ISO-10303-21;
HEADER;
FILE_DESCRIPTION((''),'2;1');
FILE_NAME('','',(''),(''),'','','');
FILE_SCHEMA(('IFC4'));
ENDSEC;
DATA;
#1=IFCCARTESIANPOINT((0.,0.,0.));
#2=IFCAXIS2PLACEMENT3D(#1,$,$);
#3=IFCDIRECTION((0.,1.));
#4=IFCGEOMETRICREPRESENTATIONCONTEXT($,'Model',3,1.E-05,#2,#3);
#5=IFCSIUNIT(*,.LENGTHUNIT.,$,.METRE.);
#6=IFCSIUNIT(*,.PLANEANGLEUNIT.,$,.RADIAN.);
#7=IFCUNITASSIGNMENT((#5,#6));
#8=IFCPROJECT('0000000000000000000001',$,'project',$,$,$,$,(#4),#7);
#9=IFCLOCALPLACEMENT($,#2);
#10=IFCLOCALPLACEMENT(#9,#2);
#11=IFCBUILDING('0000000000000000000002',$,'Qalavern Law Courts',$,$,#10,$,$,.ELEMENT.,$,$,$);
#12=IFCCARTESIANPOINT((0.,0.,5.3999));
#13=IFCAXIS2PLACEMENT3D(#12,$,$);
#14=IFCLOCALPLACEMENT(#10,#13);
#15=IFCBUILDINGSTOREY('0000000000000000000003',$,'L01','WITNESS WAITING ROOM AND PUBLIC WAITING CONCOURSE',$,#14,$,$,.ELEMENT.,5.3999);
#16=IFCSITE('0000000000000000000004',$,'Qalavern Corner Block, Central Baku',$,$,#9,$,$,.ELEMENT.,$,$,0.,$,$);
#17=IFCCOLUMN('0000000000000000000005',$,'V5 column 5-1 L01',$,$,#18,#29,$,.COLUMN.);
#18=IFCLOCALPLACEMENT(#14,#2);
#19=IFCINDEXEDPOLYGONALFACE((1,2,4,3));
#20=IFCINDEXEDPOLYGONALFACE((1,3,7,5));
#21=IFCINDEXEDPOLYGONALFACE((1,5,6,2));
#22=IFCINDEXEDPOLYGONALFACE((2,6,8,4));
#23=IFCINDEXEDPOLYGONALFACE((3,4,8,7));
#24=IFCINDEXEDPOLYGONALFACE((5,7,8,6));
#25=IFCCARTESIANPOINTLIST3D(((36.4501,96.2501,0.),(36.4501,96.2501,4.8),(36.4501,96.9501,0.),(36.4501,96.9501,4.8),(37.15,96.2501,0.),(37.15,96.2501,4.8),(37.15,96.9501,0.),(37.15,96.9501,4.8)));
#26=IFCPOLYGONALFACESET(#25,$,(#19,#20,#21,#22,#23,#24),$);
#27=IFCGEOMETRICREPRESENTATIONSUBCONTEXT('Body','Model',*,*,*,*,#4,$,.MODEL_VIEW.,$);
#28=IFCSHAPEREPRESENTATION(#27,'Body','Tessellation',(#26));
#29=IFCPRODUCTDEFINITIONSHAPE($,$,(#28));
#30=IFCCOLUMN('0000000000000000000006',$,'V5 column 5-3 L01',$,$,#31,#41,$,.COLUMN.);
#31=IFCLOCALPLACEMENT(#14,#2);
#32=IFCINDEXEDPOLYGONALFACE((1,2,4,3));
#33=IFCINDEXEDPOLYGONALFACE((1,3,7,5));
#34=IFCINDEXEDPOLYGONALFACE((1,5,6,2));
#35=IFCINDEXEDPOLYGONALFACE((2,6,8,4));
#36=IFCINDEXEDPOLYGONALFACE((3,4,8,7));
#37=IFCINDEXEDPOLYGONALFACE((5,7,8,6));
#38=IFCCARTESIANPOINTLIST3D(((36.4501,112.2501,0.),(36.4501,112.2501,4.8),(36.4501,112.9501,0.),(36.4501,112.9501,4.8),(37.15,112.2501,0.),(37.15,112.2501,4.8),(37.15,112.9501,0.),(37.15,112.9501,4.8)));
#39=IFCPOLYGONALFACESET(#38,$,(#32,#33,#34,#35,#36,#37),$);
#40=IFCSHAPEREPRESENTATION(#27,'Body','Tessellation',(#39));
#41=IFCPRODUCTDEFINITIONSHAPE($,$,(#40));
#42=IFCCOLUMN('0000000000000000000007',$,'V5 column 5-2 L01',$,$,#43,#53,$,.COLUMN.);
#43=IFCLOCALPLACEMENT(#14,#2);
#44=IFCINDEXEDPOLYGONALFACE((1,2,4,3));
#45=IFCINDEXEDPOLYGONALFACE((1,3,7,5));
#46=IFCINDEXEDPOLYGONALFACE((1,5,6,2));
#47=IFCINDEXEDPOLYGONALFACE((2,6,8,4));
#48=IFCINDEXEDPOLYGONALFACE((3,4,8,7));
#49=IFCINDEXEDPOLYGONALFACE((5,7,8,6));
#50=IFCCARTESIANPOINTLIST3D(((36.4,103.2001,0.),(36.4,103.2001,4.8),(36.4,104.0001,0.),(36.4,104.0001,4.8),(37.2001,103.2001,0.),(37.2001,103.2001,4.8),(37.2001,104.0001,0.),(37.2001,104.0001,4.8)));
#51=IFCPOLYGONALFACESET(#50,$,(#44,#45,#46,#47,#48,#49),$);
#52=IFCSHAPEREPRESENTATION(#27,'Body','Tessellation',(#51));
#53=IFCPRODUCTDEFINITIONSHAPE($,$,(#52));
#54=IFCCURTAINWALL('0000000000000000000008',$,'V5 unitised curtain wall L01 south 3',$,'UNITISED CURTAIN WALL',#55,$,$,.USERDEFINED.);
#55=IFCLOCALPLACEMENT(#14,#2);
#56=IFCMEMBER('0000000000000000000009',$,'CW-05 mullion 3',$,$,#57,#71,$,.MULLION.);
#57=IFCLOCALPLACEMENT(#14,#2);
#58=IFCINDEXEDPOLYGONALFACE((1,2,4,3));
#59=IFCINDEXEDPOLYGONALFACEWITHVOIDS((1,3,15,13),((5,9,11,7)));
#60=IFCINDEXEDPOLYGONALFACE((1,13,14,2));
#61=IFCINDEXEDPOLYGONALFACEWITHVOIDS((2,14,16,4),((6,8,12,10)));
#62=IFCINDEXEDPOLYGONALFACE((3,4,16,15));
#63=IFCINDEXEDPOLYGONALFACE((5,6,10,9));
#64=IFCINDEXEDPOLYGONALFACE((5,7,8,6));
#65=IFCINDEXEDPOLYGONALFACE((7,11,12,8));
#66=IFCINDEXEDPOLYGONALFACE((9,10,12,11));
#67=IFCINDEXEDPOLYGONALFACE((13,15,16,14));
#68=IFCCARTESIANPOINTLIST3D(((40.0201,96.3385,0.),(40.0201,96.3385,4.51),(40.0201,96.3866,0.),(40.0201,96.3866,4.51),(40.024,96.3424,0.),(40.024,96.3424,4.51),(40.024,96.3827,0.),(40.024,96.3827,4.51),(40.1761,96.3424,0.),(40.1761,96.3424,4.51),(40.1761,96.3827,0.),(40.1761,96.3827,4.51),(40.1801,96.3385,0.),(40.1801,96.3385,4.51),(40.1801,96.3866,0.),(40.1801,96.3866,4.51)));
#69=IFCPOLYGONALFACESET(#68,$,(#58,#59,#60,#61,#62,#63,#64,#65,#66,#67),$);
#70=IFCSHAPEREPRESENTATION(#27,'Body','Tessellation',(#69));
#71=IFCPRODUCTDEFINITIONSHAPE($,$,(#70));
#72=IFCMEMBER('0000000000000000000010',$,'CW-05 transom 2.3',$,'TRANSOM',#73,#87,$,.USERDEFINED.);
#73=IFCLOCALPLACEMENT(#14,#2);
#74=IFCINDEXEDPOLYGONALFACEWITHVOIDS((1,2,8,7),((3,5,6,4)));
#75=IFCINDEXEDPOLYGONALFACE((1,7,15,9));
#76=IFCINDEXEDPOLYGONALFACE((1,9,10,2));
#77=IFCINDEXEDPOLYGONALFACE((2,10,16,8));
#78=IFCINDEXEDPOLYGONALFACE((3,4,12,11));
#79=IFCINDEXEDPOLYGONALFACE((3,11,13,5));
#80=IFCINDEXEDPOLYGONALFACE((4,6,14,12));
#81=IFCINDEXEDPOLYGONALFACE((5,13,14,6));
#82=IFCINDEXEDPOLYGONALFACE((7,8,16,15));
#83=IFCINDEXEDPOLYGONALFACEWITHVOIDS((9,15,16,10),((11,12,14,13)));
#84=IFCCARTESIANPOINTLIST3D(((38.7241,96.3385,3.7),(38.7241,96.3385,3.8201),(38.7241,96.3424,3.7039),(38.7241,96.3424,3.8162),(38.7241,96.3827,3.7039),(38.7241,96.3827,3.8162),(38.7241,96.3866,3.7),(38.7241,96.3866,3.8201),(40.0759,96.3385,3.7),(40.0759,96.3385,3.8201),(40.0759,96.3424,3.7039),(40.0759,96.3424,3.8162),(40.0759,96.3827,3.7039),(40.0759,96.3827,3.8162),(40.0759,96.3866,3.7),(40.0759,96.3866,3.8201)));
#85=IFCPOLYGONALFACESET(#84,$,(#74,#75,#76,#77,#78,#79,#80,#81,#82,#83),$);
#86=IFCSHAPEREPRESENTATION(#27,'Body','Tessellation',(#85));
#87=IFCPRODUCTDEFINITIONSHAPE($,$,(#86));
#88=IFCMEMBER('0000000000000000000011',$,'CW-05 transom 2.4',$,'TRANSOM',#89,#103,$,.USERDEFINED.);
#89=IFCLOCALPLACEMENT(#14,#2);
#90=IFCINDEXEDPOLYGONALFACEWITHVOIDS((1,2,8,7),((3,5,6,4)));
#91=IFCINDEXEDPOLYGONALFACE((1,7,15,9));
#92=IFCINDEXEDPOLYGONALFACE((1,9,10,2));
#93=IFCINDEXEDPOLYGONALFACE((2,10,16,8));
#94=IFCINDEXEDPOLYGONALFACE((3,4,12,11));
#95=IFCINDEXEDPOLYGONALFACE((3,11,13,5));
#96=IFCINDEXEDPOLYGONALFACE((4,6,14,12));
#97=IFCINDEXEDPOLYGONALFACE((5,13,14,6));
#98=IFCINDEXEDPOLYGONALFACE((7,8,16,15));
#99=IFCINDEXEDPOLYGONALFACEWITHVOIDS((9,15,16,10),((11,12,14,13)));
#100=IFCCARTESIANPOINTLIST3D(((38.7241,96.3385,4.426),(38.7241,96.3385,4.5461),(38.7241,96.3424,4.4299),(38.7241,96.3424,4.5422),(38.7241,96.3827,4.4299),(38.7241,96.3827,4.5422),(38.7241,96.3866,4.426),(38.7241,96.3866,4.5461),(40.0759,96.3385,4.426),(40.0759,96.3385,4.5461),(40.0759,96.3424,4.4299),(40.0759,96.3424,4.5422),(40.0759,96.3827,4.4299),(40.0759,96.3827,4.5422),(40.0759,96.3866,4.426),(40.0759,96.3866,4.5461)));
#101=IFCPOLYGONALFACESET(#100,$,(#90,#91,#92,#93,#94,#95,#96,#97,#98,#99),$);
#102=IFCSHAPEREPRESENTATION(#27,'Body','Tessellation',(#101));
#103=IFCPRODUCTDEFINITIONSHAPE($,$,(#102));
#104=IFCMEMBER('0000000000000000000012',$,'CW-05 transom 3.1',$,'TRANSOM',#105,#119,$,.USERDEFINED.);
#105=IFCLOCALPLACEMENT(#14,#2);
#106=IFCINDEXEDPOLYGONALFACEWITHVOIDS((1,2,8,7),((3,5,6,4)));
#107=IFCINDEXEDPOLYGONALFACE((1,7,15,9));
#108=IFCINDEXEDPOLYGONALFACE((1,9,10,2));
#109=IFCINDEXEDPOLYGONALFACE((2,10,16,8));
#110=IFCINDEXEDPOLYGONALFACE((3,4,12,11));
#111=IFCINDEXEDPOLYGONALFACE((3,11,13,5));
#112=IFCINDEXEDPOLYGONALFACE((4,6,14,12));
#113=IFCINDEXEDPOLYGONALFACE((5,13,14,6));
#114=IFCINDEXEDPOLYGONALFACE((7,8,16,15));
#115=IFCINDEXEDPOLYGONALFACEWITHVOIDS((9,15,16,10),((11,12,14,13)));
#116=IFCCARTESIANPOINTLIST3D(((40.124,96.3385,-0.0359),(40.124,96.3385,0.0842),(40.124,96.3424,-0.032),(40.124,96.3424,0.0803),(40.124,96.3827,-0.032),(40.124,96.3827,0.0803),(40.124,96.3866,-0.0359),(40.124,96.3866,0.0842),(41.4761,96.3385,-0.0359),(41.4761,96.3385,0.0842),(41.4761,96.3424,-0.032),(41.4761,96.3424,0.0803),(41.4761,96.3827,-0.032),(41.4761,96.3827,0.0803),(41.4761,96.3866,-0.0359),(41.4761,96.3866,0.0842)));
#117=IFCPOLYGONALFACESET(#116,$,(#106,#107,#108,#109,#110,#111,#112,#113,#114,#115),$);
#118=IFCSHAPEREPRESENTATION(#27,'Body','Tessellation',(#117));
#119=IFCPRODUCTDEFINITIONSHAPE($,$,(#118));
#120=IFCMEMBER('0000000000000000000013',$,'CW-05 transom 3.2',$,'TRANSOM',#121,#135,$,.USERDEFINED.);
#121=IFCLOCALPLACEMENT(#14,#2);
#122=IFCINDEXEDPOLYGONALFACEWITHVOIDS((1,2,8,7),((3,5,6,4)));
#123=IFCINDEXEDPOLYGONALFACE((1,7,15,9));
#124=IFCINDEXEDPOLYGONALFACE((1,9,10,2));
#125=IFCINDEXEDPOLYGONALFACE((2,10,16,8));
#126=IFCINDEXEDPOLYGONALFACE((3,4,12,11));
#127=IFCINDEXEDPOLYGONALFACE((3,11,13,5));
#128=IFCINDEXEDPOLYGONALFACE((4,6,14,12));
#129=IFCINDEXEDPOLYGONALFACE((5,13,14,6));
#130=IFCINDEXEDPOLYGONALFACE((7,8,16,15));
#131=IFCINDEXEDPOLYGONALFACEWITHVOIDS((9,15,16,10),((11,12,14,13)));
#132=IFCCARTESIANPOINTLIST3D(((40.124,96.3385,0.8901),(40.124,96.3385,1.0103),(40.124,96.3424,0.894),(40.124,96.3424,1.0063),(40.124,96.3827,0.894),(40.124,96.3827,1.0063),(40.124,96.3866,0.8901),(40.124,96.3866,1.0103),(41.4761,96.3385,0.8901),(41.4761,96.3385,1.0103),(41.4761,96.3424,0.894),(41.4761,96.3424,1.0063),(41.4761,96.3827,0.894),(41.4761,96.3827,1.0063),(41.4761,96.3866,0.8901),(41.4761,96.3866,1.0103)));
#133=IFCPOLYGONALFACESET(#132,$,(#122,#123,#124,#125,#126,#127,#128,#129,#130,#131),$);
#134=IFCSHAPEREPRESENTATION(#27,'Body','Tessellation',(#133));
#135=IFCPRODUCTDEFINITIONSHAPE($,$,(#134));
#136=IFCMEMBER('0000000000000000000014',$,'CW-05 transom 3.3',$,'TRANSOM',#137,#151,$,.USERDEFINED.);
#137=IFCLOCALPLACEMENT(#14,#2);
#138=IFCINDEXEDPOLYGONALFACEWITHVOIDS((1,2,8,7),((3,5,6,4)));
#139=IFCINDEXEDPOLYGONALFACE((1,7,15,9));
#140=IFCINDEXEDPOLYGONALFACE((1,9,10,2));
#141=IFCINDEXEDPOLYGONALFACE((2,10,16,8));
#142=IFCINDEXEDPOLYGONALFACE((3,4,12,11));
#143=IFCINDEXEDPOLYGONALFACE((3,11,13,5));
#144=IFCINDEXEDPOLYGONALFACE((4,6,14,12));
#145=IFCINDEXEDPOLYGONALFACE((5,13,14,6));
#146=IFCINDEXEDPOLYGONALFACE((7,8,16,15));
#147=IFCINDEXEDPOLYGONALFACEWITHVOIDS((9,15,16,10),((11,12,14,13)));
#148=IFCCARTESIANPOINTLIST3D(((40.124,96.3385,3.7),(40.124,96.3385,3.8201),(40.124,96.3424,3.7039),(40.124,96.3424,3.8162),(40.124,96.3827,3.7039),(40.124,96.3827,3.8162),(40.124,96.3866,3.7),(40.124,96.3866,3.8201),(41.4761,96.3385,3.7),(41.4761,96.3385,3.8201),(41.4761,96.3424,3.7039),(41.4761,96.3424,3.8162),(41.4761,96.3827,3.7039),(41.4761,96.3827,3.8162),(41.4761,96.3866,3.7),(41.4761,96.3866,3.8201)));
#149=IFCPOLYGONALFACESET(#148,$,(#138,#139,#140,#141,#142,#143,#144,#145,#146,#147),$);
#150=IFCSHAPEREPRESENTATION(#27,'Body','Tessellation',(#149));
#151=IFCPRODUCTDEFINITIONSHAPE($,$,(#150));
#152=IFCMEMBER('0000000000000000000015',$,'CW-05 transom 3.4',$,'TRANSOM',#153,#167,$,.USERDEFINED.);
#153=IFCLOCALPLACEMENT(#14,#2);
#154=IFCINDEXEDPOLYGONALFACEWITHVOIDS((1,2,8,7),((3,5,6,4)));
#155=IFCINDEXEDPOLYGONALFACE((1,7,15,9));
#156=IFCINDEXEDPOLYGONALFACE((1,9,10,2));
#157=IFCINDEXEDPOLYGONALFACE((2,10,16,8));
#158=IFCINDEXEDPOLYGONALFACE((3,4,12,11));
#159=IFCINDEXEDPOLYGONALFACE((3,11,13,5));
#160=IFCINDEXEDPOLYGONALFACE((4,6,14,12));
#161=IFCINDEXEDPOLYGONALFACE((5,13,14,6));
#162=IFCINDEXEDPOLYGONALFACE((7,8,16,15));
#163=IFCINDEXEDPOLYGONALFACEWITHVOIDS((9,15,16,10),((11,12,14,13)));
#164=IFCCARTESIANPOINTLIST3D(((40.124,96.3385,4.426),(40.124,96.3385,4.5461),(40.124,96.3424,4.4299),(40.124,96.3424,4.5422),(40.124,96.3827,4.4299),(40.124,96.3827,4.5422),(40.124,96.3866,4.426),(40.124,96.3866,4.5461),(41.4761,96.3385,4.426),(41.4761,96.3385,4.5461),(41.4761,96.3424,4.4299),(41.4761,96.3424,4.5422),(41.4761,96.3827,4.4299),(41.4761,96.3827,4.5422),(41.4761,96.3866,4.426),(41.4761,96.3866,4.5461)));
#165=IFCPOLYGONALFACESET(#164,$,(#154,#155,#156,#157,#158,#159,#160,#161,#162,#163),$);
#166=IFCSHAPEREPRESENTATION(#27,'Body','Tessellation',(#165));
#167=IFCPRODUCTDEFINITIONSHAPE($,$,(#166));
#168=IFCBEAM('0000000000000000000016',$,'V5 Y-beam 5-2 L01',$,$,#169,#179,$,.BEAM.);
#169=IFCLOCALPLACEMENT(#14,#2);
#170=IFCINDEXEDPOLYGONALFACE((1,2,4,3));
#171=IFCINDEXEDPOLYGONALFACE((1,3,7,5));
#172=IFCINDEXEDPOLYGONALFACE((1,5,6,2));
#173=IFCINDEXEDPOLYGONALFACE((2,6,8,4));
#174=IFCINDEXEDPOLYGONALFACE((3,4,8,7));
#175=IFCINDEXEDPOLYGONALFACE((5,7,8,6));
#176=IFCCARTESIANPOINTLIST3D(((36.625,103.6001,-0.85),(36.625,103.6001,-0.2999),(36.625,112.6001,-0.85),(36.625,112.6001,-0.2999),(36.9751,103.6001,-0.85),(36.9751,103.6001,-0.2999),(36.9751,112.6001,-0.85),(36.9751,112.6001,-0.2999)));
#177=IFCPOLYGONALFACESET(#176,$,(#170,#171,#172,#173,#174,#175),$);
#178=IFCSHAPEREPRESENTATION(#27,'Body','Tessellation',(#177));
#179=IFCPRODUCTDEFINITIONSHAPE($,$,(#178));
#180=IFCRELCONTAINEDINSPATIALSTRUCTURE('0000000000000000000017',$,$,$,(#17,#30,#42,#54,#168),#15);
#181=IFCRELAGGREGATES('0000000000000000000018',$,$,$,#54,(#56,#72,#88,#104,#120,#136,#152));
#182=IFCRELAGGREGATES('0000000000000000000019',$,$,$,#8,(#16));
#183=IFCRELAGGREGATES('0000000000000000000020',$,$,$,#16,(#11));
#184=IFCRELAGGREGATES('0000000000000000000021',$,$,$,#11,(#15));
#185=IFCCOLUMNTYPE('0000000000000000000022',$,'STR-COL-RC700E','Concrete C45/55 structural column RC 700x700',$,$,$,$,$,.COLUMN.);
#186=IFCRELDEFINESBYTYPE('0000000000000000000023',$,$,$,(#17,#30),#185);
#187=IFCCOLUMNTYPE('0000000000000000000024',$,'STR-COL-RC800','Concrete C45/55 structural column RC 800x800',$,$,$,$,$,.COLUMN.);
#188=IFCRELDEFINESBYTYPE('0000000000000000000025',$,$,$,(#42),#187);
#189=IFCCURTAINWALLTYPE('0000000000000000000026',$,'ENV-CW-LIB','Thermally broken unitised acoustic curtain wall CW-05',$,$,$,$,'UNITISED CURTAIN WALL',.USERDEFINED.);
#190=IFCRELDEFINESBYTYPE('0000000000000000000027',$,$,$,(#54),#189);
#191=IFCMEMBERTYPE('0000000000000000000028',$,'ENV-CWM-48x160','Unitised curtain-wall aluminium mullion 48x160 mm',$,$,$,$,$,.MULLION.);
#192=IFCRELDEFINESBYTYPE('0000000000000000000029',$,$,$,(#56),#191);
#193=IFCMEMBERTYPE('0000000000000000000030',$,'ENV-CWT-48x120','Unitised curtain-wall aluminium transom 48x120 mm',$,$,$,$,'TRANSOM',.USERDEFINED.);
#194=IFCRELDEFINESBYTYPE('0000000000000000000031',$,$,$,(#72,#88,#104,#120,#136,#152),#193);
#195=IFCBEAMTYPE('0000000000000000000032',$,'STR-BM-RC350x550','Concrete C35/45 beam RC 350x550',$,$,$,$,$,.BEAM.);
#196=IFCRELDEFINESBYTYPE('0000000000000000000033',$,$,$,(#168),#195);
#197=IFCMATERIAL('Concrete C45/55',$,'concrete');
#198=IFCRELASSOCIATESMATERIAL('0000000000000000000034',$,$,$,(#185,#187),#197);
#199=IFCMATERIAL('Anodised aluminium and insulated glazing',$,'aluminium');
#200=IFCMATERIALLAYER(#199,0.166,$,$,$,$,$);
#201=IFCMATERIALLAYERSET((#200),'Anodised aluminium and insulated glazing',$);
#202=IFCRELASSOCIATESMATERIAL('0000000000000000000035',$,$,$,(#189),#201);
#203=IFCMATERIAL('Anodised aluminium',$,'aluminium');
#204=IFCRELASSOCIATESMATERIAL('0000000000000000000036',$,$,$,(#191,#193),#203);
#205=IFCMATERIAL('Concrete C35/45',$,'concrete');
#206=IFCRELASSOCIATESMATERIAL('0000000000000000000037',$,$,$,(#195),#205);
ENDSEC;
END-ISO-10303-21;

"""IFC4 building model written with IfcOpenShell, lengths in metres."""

from ifc_helpers import new_model, si_unit, direction, frame, origin, origin_2d, place, context, subcontext, project, spatial, rectangle, hollow_rectangle, extrude, material, layer, layer_set, material_profile, profile_set, type_object, element, aggregate, save


model = new_model("IFC4")

# Units and contexts
model_context = context("Model", 3, precision=1e-05, world=origin(), true_north=direction((0.0, 1.0)))
body_context = subcontext(model_context, "Body", "Model", "MODEL_VIEW")
ifc_project = project(units=[si_unit("LENGTHUNIT", "METRE"), si_unit("PLANEANGLEUNIT", "RADIAN")], contexts=[model_context])

# Site, building, storey
site_placement = place(None, origin())
site = spatial("IfcSite", under=ifc_project, at=site_placement, Name="Qalavern Corner Block, Central Baku", CompositionType="ELEMENT", RefElevation=0.0)
building_placement = place(site_placement, origin())
building = spatial("IfcBuilding", under=site, at=building_placement, Name="Qalavern Law Courts", CompositionType="ELEMENT")
storey_placement = place(building_placement, frame((0.0, 0.0, 5.3999)))
storey = spatial("IfcBuildingStorey", under=building, at=storey_placement, Name="L01", Description="WITNESS WAITING ROOM AND PUBLIC WAITING CONCOURSE", CompositionType="ELEMENT", Elevation=5.3999)

# Columns
ifc_material_1 = material(Name="Concrete C45/55", Category="concrete")
ifc_material_profile_1 = material_profile(ifc_material_1, rectangle(XDim=0.7, YDim=0.7, at=origin_2d()), Name="RC 700x700")
ifc_profile_set_1 = profile_set([ifc_material_profile_1], Name="Concrete C45/55")
column_type_1 = type_object("IfcColumnType", Name="STR-COL-RC700E", Description="Concrete C45/55 structural column RC 700x700", PredefinedType="COLUMN", material=ifc_profile_set_1)
for number, where, z_axis, x_axis, name in (
    (1, (36.8, 96.6001, 0.0), (0.0, 0.0, 1.0), (1.0, 0.0, 0.0), "V5 column 5-1 L01"),
    (2, (36.8, 112.6001, 0.0), (0.0, 0.0, 1.0), (1.0, 0.0, 0.0), "V5 column 5-3 L01"),
):
    element("IfcColumn", number, at=place(storey_placement, frame(where, z_axis=z_axis, x_axis=x_axis)), inside=storey, type_object=column_type_1, Name=name, PredefinedType="COLUMN", context=body_context, shape_type="SweptSolid", body=[
        extrude(rectangle(XDim=0.7, YDim=0.7, at=origin_2d()), origin(), (0.0, 0.0, 1.0), 4.8),
    ])
ifc_material_profile_2 = material_profile(ifc_material_1, rectangle(XDim=0.8, YDim=0.8, at=origin_2d()), Name="RC 800x800")
ifc_profile_set_2 = profile_set([ifc_material_profile_2], Name="Concrete C45/55")
column_type_2 = type_object("IfcColumnType", Name="STR-COL-RC800", Description="Concrete C45/55 structural column RC 800x800", PredefinedType="COLUMN", material=ifc_profile_set_2)
column_placement = place(storey_placement, frame((36.8, 103.6001, 0.0), z_axis=(0.0, 0.0, 1.0), x_axis=(1.0, 0.0, 0.0)))
element("IfcColumn", 3, at=column_placement, inside=storey, type_object=column_type_2, Name="V5 column 5-2 L01", PredefinedType="COLUMN", context=body_context, shape_type="SweptSolid", body=[
    extrude(rectangle(XDim=0.8, YDim=0.8, at=origin_2d()), origin(), (0.0, 0.0, 1.0), 4.8),
])

# Curtain wall, members
ifc_material_2 = material(Name="Anodised aluminium and insulated glazing", Category="aluminium")
ifc_layer_1 = layer(ifc_material_2, 0.166)
ifc_layer_set_1 = layer_set([ifc_layer_1], Name="Anodised aluminium and insulated glazing")
curtain_wall_type = type_object("IfcCurtainWallType", Name="ENV-CW-LIB", Description="Thermally broken unitised acoustic curtain wall CW-05", ElementType="UNITISED CURTAIN WALL", PredefinedType="USERDEFINED", material=ifc_layer_set_1)
curtain_wall_1_placement = place(storey_placement, origin())
curtain_wall_1 = element("IfcCurtainWall", 4, at=curtain_wall_1_placement, inside=storey, type_object=curtain_wall_type, Name="V5 unitised curtain wall L01 south 3", ObjectType="UNITISED CURTAIN WALL", PredefinedType="USERDEFINED")
ifc_material_3 = material(Name="Anodised aluminium", Category="aluminium")
ifc_material_profile_3 = material_profile(ifc_material_3, hollow_rectangle(XDim=0.0481, YDim=0.1599, WallThickness=0.0039, at=origin_2d()), Name="ALU MULLION 48x160")
ifc_profile_set_3 = profile_set([ifc_material_profile_3], Name="Anodised aluminium")
member_type_1 = type_object("IfcMemberType", Name="ENV-CWM-48x160", Description="Unitised curtain-wall aluminium mullion 48x160 mm", PredefinedType="MULLION", material=ifc_profile_set_3)
member_1_placement = place(storey_placement, frame((40.1001, 96.3625, 0.0), z_axis=(0.0, 0.0, 1.0), x_axis=(0.0, 1.0, 0.0)))
member_1 = element("IfcMember", 5, at=member_1_placement, type_object=member_type_1, Name="CW-05 mullion 3", PredefinedType="MULLION", context=body_context, shape_type="SweptSolid", body=[
    extrude(hollow_rectangle(XDim=0.0481, YDim=0.1599, WallThickness=0.0039, at=origin_2d()), origin(), (0.0, 0.0, 1.0), 4.51),
])
ifc_material_profile_4 = material_profile(ifc_material_3, hollow_rectangle(XDim=0.0481, YDim=0.1201, WallThickness=0.0039, at=origin_2d()), Name="ALU TRANSOM 48x120")
ifc_profile_set_4 = profile_set([ifc_material_profile_4], Name="Anodised aluminium")
member_type_2 = type_object("IfcMemberType", Name="ENV-CWT-48x120", Description="Unitised curtain-wall aluminium transom 48x120 mm", ElementType="TRANSOM", PredefinedType="USERDEFINED", material=ifc_profile_set_4)
member_2_placement = place(storey_placement, frame((38.7241, 96.3625, 3.76), z_axis=(1.0, 0.0, 0.0), x_axis=(0.0, 1.0, 0.0)))
member_2 = element("IfcMember", 6, at=member_2_placement, type_object=member_type_2, Name="CW-05 transom 2.3", ObjectType="TRANSOM", PredefinedType="USERDEFINED", context=body_context, shape_type="SweptSolid", body=[
    extrude(hollow_rectangle(XDim=0.0481, YDim=0.1201, WallThickness=0.0039, at=origin_2d()), origin(), (0.0, 0.0, 1.0), 1.3518),
])
member_3_placement = place(storey_placement, frame((38.7241, 96.3625, 4.4861), z_axis=(1.0, 0.0, 0.0), x_axis=(0.0, 1.0, 0.0)))
member_3 = element("IfcMember", 7, at=member_3_placement, type_object=member_type_2, Name="CW-05 transom 2.4", ObjectType="TRANSOM", PredefinedType="USERDEFINED", context=body_context, shape_type="SweptSolid", body=[
    extrude(hollow_rectangle(XDim=0.0481, YDim=0.1201, WallThickness=0.0039, at=origin_2d()), origin(), (0.0, 0.0, 1.0), 1.3518),
])
member_4_placement = place(storey_placement, frame((40.124, 96.3625, 0.0242), z_axis=(1.0, 0.0, 0.0), x_axis=(0.0, 1.0, 0.0)))
member_4 = element("IfcMember", 8, at=member_4_placement, type_object=member_type_2, Name="CW-05 transom 3.1", ObjectType="TRANSOM", PredefinedType="USERDEFINED", context=body_context, shape_type="SweptSolid", body=[
    extrude(hollow_rectangle(XDim=0.0481, YDim=0.1201, WallThickness=0.0039, at=origin_2d()), origin(), (0.0, 0.0, 1.0), 1.3521),
])
member_5_placement = place(storey_placement, frame((40.124, 96.3625, 0.9502), z_axis=(1.0, 0.0, 0.0), x_axis=(0.0, 1.0, 0.0)))
member_5 = element("IfcMember", 9, at=member_5_placement, type_object=member_type_2, Name="CW-05 transom 3.2", ObjectType="TRANSOM", PredefinedType="USERDEFINED", context=body_context, shape_type="SweptSolid", body=[
    extrude(hollow_rectangle(XDim=0.0481, YDim=0.1201, WallThickness=0.0039, at=origin_2d()), origin(), (0.0, 0.0, 1.0), 1.3521),
])
member_6_placement = place(storey_placement, frame((40.124, 96.3625, 3.76), z_axis=(1.0, 0.0, 0.0), x_axis=(0.0, 1.0, 0.0)))
member_6 = element("IfcMember", 10, at=member_6_placement, type_object=member_type_2, Name="CW-05 transom 3.3", ObjectType="TRANSOM", PredefinedType="USERDEFINED", context=body_context, shape_type="SweptSolid", body=[
    extrude(hollow_rectangle(XDim=0.0481, YDim=0.1201, WallThickness=0.0039, at=origin_2d()), origin(), (0.0, 0.0, 1.0), 1.3521),
])
member_7_placement = place(storey_placement, frame((40.124, 96.3625, 4.4861), z_axis=(1.0, 0.0, 0.0), x_axis=(0.0, 1.0, 0.0)))
member_7 = element("IfcMember", 11, at=member_7_placement, type_object=member_type_2, Name="CW-05 transom 3.4", ObjectType="TRANSOM", PredefinedType="USERDEFINED", context=body_context, shape_type="SweptSolid", body=[
    extrude(hollow_rectangle(XDim=0.0481, YDim=0.1201, WallThickness=0.0039, at=origin_2d()), origin(), (0.0, 0.0, 1.0), 1.3521),
])

# Beam
ifc_material_4 = material(Name="Concrete C35/45", Category="concrete")
ifc_material_profile_5 = material_profile(ifc_material_4, rectangle(XDim=0.3501, YDim=0.55, at=origin_2d()), Name="RC 350x550")
ifc_profile_set_5 = profile_set([ifc_material_profile_5], Name="Concrete C35/45")
beam_type_1 = type_object("IfcBeamType", Name="STR-BM-RC350x550", Description="Concrete C35/45 beam RC 350x550", PredefinedType="BEAM", material=ifc_profile_set_5)
beam_1_placement = place(storey_placement, frame((36.8, 103.6001, -0.575), z_axis=(0.0, 1.0, 0.0), x_axis=(-1.0, 0.0, 0.0)))
element("IfcBeam", 12, at=beam_1_placement, inside=storey, type_object=beam_type_1, Name="V5 Y-beam 5-2 L01", PredefinedType="BEAM", context=body_context, shape_type="SweptSolid", body=[
    extrude(rectangle(XDim=0.3501, YDim=0.55, at=origin_2d()), origin(), (0.0, 0.0, 1.0), 9.0),
])

aggregate(curtain_wall_1, [member_1, member_2, member_3, member_4, member_5, member_6, member_7])

save(model, "model.ifc")
